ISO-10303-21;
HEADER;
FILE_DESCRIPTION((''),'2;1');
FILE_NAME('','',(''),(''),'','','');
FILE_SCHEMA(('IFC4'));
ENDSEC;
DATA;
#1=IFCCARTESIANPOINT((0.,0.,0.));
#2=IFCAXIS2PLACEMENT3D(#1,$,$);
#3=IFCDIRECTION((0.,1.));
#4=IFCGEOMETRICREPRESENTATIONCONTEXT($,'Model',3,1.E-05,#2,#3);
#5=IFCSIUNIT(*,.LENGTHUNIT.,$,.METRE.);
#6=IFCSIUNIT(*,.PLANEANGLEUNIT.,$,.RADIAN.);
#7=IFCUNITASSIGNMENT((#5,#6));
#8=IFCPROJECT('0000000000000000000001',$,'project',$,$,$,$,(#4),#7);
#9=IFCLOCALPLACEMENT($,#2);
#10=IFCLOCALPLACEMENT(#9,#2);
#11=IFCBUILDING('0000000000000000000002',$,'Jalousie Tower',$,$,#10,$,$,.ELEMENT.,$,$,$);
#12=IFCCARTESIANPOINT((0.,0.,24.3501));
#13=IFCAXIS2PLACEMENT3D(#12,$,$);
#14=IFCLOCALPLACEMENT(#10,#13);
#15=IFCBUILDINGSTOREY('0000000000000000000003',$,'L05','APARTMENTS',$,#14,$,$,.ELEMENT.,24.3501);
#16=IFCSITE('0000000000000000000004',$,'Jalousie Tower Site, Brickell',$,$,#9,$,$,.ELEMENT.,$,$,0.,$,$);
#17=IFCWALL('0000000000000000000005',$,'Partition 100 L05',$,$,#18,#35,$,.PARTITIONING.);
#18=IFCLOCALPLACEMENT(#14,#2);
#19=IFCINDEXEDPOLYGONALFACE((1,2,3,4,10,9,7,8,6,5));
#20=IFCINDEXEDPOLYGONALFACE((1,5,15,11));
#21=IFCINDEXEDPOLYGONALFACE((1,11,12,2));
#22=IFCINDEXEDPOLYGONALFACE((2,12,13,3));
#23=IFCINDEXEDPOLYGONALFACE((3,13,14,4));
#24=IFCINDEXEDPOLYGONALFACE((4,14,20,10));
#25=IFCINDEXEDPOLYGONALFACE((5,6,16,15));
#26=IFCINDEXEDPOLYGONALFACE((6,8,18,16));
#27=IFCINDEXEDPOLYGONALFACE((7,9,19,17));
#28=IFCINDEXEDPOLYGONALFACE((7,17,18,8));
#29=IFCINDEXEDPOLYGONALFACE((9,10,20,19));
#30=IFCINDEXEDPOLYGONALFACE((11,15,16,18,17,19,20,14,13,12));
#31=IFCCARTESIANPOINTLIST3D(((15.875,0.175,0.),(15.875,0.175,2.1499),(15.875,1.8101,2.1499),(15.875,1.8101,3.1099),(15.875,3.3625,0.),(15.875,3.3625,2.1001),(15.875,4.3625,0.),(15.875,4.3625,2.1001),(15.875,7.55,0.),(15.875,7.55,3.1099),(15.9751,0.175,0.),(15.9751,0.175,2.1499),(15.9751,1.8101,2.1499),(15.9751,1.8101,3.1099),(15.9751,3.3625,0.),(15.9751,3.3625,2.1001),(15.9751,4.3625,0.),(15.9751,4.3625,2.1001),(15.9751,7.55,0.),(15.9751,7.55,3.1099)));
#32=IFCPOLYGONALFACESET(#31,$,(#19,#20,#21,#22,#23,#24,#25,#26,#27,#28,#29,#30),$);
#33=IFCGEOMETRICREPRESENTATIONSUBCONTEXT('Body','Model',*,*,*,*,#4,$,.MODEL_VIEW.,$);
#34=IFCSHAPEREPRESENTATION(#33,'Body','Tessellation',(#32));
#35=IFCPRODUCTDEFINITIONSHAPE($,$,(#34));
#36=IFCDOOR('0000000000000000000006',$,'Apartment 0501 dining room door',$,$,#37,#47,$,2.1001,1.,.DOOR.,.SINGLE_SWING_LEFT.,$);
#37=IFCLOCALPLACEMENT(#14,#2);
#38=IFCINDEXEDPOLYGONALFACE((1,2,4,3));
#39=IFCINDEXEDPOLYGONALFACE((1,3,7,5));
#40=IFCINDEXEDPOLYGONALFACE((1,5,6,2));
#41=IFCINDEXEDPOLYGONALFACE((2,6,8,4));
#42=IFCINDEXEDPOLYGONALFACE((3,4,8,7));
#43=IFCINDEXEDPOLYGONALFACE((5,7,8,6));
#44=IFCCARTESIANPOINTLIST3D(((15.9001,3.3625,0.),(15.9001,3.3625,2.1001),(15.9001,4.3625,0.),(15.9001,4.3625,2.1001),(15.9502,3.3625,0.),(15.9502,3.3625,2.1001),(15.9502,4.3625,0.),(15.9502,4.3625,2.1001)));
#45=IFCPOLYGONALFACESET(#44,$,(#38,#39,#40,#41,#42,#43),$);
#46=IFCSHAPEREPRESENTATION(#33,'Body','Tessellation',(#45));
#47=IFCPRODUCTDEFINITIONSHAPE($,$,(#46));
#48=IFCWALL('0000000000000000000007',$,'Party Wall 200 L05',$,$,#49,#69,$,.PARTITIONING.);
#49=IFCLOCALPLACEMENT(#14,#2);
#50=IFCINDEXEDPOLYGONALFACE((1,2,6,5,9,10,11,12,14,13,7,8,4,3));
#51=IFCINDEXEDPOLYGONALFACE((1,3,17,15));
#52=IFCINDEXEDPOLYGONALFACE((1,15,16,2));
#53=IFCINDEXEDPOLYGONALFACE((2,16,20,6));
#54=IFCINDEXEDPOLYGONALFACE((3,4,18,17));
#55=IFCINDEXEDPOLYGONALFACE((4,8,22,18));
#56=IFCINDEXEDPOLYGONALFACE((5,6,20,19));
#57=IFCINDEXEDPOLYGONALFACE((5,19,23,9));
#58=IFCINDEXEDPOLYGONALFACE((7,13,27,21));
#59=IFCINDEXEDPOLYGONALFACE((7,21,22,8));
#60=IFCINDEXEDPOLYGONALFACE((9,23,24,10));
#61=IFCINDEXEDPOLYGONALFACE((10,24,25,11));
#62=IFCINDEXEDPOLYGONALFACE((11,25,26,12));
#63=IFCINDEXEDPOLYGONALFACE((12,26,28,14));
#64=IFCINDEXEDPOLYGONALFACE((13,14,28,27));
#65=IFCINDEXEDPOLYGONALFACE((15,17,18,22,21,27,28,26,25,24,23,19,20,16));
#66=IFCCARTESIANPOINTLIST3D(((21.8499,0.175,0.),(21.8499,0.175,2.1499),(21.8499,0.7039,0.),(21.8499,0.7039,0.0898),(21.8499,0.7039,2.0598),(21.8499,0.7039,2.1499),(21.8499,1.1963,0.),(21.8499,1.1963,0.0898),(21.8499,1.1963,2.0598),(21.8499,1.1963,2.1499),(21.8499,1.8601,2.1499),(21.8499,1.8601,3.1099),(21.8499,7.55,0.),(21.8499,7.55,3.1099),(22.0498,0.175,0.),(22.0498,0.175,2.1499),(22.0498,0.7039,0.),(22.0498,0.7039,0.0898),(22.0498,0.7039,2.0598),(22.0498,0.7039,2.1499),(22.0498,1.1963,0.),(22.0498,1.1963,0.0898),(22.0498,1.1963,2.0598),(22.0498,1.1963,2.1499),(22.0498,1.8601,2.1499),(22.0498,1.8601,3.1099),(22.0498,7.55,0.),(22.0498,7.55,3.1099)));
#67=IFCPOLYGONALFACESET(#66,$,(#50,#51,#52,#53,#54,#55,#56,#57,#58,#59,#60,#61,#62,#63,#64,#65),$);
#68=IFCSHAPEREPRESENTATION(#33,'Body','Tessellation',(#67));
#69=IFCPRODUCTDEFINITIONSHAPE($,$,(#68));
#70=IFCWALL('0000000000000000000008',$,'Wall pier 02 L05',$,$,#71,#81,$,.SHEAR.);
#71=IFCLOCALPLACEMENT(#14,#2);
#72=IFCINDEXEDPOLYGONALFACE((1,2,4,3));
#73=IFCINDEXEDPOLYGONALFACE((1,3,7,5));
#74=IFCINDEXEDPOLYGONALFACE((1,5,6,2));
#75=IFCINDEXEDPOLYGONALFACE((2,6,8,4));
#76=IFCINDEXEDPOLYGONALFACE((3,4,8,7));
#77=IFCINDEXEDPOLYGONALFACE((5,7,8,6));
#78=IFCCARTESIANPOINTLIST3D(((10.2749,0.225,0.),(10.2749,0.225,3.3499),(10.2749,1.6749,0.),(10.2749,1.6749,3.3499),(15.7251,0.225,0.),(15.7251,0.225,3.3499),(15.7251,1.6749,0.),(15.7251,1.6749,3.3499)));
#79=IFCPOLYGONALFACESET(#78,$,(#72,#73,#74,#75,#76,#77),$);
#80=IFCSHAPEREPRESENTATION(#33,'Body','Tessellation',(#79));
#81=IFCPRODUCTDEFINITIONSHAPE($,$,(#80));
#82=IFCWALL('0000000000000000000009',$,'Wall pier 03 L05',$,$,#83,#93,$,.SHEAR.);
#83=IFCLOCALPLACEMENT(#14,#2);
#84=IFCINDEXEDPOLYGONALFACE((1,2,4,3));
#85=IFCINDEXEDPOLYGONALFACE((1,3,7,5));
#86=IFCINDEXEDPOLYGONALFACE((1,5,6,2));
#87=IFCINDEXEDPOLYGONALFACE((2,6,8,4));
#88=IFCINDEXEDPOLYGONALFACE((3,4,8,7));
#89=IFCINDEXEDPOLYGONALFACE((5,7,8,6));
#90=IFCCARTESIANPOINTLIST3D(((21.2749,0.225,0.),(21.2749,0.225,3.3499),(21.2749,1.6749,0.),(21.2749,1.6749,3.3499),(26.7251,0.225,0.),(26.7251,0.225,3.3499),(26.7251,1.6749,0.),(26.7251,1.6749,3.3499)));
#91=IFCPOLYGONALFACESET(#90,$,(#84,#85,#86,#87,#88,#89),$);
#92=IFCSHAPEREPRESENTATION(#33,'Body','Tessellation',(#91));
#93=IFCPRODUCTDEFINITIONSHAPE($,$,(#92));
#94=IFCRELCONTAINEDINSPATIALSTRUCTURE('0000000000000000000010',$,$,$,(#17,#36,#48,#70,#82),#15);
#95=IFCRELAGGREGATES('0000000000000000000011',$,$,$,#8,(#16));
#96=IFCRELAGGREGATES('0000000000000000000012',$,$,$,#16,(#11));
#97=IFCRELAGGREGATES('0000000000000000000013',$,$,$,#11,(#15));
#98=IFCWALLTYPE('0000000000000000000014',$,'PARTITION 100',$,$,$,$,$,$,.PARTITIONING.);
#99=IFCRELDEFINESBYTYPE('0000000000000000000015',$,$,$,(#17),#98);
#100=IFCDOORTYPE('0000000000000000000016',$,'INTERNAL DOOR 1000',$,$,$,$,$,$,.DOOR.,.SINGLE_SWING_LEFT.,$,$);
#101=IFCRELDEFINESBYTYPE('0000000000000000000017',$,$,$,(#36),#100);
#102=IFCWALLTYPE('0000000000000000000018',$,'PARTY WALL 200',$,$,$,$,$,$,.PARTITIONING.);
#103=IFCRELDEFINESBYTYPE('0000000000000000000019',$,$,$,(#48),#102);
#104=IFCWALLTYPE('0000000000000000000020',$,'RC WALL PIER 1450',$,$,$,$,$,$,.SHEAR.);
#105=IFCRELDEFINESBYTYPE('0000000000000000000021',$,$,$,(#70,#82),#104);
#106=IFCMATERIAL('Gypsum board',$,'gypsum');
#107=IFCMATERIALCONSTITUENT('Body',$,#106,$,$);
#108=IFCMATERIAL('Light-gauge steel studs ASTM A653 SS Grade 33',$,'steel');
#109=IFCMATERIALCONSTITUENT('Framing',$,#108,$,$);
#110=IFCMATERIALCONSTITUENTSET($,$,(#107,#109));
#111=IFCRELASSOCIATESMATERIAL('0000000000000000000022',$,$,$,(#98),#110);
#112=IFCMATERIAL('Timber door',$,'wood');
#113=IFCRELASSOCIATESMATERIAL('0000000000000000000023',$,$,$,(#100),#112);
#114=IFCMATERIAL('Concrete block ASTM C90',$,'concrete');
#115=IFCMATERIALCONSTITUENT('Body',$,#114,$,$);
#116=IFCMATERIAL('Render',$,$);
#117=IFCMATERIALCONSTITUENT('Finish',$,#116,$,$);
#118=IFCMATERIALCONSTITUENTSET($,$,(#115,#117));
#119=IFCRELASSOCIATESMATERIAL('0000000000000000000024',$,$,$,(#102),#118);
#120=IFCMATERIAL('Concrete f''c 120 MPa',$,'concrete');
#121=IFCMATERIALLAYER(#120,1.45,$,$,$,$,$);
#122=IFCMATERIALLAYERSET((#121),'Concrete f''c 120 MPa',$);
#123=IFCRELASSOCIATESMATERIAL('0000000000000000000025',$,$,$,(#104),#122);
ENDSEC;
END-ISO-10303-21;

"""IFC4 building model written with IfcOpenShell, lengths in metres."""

from ifc_helpers import new_model, si_unit, direction, frame, frame_2d, origin, place, context, subcontext, project, spatial, polyline, rectangle, outline, extrude, material, layer, layer_set, constituent, constituent_set, type_object, element, fill, save


model = new_model("IFC4")

# Units and contexts
model_context = context("Model", 3, precision=1e-05, world=origin(), true_north=direction((0.0, 1.0)))
body_context = subcontext(model_context, "Body", "Model", "MODEL_VIEW")
ifc_project = project(units=[si_unit("LENGTHUNIT", "METRE"), si_unit("PLANEANGLEUNIT", "RADIAN")], contexts=[model_context])

# Site, building, storey
site_placement = place(None, origin())
site = spatial("IfcSite", under=ifc_project, at=site_placement, Name="Jalousie Tower Site, Brickell", CompositionType="ELEMENT", RefElevation=0.0)
building_placement = place(site_placement, origin())
building = spatial("IfcBuilding", under=site, at=building_placement, Name="Jalousie Tower", CompositionType="ELEMENT")
storey_placement = place(building_placement, frame((0.0, 0.0, 24.3501)))
storey = spatial("IfcBuildingStorey", under=building, at=storey_placement, Name="L05", Description="APARTMENTS", CompositionType="ELEMENT", Elevation=24.3501)

# Wall, opening, door
ifc_material_1 = material(Name="Gypsum board", Category="gypsum")
ifc_constituent_1 = constituent(ifc_material_1, Name="Body")
ifc_material_2 = material(Name="Light-gauge steel studs ASTM A653 SS Grade 33", Category="steel")
ifc_constituent_2 = constituent(ifc_material_2, Name="Framing")
ifc_constituent_set_1 = constituent_set(constituents=[ifc_constituent_1, ifc_constituent_2])
wall_type_1 = type_object("IfcWallType", Name="PARTITION 100", PredefinedType="PARTITIONING", material=ifc_constituent_set_1)
wall_1_placement = place(storey_placement, frame((15.925, 0.175, 0.0), z_axis=(0.0, 0.0, 1.0), x_axis=(0.0, 1.0, 0.0)))
wall_1 = element("IfcWall", 1, at=wall_1_placement, inside=storey, type_object=wall_type_1, Name="Partition 100 L05", PredefinedType="PARTITIONING", context=body_context, shape_type="SweptSolid", body=[
    extrude(outline(polyline([(0.0, 0.0), (7.375, 0.0), (7.375, 3.1099), (1.635, 3.1099), (1.635, 2.1499), (0.0, 2.1499), (0.0, 3.1099), (0.0, 0.0)])), frame((0.0, 0.05, 0.0), z_axis=(0.0, -1.0, 0.0), x_axis=(1.0, 0.0, 0.0)), (0.0, 0.0, 1.0), 0.1001),
])
opening_placement = place(wall_1_placement, frame((3.1875, 0.0, 0.0)))
opening = element("IfcOpeningElement", 2, at=opening_placement, cuts=wall_1, PredefinedType="OPENING", context=body_context, shape_type="SweptSolid", body=[
    extrude(rectangle(XDim=1.0, YDim=2.1001, at=frame_2d((0.5, 1.05))), frame((0.0, 0.0601, 0.0), z_axis=(0.0, -1.0, 0.0), x_axis=(1.0, 0.0, 0.0)), (0.0, 0.0, 1.0), 0.1201),
])
ifc_material_3 = material(Name="Timber door", Category="wood")
door_type = type_object("IfcDoorType", Name="INTERNAL DOOR 1000", OperationType="SINGLE_SWING_LEFT", PredefinedType="DOOR", material=ifc_material_3)
door_placement = place(opening_placement, origin())
door = element("IfcDoor", 3, at=door_placement, inside=storey, type_object=door_type, Name="Apartment 0501 dining room door", OperationType="SINGLE_SWING_LEFT", OverallHeight=2.1001, OverallWidth=1.0, PredefinedType="DOOR", context=body_context, shape_type="SweptSolid", body=[
    extrude(rectangle(XDim=1.0, YDim=2.1001, at=frame_2d((0.5, 1.05))), frame((0.0, 0.0249, 0.0), z_axis=(0.0, -1.0, 0.0), x_axis=(1.0, 0.0, 0.0)), (0.0, 0.0, 1.0), 0.05),
])
fill(opening, door)

# Walls
ifc_material_4 = material(Name="Concrete block ASTM C90", Category="concrete")
ifc_constituent_3 = constituent(ifc_material_4, Name="Body")
ifc_material_5 = material(Name="Render")
ifc_constituent_4 = constituent(ifc_material_5, Name="Finish")
ifc_constituent_set_2 = constituent_set(constituents=[ifc_constituent_3, ifc_constituent_4])
wall_type_2 = type_object("IfcWallType", Name="PARTY WALL 200", PredefinedType="PARTITIONING", material=ifc_constituent_set_2)
wall_2_placement = place(storey_placement, frame((21.95, 0.175, 0.0), z_axis=(0.0, 0.0, 1.0), x_axis=(0.0, 1.0, 0.0)))
element("IfcWall", 4, at=wall_2_placement, inside=storey, type_object=wall_type_2, Name="Party Wall 200 L05", PredefinedType="PARTITIONING", context=body_context, shape_type="SweptSolid", body=[
    extrude(outline(polyline([(0.5288, 2.1499), (0.0, 2.1499), (0.0, 0.0), (0.5288, 0.0), (0.5288, 0.0898), (1.0212, 0.0898), (1.0212, 0.0), (7.375, 0.0), (7.375, 3.1099), (1.6851, 3.1099), (1.6851, 2.1499), (1.0212, 2.1499), (1.0212, 2.0598), (0.5288, 2.0598), (0.5288, 2.1499)])), frame((0.0, 0.1001, 0.0), z_axis=(0.0, -1.0, 0.0), x_axis=(1.0, 0.0, 0.0)), (0.0, 0.0, 1.0), 0.2),
])
ifc_material_6 = material(Name="Concrete f'c 120 MPa", Category="concrete")
ifc_layer_1 = layer(ifc_material_6, 1.45)
ifc_layer_set_1 = layer_set([ifc_layer_1], Name="Concrete f'c 120 MPa")
wall_type_3 = type_object("IfcWallType", Name="RC WALL PIER 1450", PredefinedType="SHEAR", material=ifc_layer_set_1)
for number, where, z_axis, x_axis, name in (
    (5, (10.2749, 0.95, 0.0), (0.0, 0.0, 1.0), (1.0, 0.0, 0.0), "Wall pier 02 L05"),
    (6, (21.2749, 0.95, 0.0), (0.0, 0.0, 1.0), (1.0, 0.0, 0.0), "Wall pier 03 L05"),
):
    element("IfcWall", number, at=place(storey_placement, frame(where, z_axis=z_axis, x_axis=x_axis)), inside=storey, type_object=wall_type_3, Name=name, PredefinedType="SHEAR", context=body_context, shape_type="SweptSolid", body=[
        extrude(rectangle(XDim=5.4502, YDim=1.45, at=frame_2d((2.7251, 0.0))), origin(), (0.0, 0.0, 1.0), 3.3499),
    ])

save(model, "model.ifc")
